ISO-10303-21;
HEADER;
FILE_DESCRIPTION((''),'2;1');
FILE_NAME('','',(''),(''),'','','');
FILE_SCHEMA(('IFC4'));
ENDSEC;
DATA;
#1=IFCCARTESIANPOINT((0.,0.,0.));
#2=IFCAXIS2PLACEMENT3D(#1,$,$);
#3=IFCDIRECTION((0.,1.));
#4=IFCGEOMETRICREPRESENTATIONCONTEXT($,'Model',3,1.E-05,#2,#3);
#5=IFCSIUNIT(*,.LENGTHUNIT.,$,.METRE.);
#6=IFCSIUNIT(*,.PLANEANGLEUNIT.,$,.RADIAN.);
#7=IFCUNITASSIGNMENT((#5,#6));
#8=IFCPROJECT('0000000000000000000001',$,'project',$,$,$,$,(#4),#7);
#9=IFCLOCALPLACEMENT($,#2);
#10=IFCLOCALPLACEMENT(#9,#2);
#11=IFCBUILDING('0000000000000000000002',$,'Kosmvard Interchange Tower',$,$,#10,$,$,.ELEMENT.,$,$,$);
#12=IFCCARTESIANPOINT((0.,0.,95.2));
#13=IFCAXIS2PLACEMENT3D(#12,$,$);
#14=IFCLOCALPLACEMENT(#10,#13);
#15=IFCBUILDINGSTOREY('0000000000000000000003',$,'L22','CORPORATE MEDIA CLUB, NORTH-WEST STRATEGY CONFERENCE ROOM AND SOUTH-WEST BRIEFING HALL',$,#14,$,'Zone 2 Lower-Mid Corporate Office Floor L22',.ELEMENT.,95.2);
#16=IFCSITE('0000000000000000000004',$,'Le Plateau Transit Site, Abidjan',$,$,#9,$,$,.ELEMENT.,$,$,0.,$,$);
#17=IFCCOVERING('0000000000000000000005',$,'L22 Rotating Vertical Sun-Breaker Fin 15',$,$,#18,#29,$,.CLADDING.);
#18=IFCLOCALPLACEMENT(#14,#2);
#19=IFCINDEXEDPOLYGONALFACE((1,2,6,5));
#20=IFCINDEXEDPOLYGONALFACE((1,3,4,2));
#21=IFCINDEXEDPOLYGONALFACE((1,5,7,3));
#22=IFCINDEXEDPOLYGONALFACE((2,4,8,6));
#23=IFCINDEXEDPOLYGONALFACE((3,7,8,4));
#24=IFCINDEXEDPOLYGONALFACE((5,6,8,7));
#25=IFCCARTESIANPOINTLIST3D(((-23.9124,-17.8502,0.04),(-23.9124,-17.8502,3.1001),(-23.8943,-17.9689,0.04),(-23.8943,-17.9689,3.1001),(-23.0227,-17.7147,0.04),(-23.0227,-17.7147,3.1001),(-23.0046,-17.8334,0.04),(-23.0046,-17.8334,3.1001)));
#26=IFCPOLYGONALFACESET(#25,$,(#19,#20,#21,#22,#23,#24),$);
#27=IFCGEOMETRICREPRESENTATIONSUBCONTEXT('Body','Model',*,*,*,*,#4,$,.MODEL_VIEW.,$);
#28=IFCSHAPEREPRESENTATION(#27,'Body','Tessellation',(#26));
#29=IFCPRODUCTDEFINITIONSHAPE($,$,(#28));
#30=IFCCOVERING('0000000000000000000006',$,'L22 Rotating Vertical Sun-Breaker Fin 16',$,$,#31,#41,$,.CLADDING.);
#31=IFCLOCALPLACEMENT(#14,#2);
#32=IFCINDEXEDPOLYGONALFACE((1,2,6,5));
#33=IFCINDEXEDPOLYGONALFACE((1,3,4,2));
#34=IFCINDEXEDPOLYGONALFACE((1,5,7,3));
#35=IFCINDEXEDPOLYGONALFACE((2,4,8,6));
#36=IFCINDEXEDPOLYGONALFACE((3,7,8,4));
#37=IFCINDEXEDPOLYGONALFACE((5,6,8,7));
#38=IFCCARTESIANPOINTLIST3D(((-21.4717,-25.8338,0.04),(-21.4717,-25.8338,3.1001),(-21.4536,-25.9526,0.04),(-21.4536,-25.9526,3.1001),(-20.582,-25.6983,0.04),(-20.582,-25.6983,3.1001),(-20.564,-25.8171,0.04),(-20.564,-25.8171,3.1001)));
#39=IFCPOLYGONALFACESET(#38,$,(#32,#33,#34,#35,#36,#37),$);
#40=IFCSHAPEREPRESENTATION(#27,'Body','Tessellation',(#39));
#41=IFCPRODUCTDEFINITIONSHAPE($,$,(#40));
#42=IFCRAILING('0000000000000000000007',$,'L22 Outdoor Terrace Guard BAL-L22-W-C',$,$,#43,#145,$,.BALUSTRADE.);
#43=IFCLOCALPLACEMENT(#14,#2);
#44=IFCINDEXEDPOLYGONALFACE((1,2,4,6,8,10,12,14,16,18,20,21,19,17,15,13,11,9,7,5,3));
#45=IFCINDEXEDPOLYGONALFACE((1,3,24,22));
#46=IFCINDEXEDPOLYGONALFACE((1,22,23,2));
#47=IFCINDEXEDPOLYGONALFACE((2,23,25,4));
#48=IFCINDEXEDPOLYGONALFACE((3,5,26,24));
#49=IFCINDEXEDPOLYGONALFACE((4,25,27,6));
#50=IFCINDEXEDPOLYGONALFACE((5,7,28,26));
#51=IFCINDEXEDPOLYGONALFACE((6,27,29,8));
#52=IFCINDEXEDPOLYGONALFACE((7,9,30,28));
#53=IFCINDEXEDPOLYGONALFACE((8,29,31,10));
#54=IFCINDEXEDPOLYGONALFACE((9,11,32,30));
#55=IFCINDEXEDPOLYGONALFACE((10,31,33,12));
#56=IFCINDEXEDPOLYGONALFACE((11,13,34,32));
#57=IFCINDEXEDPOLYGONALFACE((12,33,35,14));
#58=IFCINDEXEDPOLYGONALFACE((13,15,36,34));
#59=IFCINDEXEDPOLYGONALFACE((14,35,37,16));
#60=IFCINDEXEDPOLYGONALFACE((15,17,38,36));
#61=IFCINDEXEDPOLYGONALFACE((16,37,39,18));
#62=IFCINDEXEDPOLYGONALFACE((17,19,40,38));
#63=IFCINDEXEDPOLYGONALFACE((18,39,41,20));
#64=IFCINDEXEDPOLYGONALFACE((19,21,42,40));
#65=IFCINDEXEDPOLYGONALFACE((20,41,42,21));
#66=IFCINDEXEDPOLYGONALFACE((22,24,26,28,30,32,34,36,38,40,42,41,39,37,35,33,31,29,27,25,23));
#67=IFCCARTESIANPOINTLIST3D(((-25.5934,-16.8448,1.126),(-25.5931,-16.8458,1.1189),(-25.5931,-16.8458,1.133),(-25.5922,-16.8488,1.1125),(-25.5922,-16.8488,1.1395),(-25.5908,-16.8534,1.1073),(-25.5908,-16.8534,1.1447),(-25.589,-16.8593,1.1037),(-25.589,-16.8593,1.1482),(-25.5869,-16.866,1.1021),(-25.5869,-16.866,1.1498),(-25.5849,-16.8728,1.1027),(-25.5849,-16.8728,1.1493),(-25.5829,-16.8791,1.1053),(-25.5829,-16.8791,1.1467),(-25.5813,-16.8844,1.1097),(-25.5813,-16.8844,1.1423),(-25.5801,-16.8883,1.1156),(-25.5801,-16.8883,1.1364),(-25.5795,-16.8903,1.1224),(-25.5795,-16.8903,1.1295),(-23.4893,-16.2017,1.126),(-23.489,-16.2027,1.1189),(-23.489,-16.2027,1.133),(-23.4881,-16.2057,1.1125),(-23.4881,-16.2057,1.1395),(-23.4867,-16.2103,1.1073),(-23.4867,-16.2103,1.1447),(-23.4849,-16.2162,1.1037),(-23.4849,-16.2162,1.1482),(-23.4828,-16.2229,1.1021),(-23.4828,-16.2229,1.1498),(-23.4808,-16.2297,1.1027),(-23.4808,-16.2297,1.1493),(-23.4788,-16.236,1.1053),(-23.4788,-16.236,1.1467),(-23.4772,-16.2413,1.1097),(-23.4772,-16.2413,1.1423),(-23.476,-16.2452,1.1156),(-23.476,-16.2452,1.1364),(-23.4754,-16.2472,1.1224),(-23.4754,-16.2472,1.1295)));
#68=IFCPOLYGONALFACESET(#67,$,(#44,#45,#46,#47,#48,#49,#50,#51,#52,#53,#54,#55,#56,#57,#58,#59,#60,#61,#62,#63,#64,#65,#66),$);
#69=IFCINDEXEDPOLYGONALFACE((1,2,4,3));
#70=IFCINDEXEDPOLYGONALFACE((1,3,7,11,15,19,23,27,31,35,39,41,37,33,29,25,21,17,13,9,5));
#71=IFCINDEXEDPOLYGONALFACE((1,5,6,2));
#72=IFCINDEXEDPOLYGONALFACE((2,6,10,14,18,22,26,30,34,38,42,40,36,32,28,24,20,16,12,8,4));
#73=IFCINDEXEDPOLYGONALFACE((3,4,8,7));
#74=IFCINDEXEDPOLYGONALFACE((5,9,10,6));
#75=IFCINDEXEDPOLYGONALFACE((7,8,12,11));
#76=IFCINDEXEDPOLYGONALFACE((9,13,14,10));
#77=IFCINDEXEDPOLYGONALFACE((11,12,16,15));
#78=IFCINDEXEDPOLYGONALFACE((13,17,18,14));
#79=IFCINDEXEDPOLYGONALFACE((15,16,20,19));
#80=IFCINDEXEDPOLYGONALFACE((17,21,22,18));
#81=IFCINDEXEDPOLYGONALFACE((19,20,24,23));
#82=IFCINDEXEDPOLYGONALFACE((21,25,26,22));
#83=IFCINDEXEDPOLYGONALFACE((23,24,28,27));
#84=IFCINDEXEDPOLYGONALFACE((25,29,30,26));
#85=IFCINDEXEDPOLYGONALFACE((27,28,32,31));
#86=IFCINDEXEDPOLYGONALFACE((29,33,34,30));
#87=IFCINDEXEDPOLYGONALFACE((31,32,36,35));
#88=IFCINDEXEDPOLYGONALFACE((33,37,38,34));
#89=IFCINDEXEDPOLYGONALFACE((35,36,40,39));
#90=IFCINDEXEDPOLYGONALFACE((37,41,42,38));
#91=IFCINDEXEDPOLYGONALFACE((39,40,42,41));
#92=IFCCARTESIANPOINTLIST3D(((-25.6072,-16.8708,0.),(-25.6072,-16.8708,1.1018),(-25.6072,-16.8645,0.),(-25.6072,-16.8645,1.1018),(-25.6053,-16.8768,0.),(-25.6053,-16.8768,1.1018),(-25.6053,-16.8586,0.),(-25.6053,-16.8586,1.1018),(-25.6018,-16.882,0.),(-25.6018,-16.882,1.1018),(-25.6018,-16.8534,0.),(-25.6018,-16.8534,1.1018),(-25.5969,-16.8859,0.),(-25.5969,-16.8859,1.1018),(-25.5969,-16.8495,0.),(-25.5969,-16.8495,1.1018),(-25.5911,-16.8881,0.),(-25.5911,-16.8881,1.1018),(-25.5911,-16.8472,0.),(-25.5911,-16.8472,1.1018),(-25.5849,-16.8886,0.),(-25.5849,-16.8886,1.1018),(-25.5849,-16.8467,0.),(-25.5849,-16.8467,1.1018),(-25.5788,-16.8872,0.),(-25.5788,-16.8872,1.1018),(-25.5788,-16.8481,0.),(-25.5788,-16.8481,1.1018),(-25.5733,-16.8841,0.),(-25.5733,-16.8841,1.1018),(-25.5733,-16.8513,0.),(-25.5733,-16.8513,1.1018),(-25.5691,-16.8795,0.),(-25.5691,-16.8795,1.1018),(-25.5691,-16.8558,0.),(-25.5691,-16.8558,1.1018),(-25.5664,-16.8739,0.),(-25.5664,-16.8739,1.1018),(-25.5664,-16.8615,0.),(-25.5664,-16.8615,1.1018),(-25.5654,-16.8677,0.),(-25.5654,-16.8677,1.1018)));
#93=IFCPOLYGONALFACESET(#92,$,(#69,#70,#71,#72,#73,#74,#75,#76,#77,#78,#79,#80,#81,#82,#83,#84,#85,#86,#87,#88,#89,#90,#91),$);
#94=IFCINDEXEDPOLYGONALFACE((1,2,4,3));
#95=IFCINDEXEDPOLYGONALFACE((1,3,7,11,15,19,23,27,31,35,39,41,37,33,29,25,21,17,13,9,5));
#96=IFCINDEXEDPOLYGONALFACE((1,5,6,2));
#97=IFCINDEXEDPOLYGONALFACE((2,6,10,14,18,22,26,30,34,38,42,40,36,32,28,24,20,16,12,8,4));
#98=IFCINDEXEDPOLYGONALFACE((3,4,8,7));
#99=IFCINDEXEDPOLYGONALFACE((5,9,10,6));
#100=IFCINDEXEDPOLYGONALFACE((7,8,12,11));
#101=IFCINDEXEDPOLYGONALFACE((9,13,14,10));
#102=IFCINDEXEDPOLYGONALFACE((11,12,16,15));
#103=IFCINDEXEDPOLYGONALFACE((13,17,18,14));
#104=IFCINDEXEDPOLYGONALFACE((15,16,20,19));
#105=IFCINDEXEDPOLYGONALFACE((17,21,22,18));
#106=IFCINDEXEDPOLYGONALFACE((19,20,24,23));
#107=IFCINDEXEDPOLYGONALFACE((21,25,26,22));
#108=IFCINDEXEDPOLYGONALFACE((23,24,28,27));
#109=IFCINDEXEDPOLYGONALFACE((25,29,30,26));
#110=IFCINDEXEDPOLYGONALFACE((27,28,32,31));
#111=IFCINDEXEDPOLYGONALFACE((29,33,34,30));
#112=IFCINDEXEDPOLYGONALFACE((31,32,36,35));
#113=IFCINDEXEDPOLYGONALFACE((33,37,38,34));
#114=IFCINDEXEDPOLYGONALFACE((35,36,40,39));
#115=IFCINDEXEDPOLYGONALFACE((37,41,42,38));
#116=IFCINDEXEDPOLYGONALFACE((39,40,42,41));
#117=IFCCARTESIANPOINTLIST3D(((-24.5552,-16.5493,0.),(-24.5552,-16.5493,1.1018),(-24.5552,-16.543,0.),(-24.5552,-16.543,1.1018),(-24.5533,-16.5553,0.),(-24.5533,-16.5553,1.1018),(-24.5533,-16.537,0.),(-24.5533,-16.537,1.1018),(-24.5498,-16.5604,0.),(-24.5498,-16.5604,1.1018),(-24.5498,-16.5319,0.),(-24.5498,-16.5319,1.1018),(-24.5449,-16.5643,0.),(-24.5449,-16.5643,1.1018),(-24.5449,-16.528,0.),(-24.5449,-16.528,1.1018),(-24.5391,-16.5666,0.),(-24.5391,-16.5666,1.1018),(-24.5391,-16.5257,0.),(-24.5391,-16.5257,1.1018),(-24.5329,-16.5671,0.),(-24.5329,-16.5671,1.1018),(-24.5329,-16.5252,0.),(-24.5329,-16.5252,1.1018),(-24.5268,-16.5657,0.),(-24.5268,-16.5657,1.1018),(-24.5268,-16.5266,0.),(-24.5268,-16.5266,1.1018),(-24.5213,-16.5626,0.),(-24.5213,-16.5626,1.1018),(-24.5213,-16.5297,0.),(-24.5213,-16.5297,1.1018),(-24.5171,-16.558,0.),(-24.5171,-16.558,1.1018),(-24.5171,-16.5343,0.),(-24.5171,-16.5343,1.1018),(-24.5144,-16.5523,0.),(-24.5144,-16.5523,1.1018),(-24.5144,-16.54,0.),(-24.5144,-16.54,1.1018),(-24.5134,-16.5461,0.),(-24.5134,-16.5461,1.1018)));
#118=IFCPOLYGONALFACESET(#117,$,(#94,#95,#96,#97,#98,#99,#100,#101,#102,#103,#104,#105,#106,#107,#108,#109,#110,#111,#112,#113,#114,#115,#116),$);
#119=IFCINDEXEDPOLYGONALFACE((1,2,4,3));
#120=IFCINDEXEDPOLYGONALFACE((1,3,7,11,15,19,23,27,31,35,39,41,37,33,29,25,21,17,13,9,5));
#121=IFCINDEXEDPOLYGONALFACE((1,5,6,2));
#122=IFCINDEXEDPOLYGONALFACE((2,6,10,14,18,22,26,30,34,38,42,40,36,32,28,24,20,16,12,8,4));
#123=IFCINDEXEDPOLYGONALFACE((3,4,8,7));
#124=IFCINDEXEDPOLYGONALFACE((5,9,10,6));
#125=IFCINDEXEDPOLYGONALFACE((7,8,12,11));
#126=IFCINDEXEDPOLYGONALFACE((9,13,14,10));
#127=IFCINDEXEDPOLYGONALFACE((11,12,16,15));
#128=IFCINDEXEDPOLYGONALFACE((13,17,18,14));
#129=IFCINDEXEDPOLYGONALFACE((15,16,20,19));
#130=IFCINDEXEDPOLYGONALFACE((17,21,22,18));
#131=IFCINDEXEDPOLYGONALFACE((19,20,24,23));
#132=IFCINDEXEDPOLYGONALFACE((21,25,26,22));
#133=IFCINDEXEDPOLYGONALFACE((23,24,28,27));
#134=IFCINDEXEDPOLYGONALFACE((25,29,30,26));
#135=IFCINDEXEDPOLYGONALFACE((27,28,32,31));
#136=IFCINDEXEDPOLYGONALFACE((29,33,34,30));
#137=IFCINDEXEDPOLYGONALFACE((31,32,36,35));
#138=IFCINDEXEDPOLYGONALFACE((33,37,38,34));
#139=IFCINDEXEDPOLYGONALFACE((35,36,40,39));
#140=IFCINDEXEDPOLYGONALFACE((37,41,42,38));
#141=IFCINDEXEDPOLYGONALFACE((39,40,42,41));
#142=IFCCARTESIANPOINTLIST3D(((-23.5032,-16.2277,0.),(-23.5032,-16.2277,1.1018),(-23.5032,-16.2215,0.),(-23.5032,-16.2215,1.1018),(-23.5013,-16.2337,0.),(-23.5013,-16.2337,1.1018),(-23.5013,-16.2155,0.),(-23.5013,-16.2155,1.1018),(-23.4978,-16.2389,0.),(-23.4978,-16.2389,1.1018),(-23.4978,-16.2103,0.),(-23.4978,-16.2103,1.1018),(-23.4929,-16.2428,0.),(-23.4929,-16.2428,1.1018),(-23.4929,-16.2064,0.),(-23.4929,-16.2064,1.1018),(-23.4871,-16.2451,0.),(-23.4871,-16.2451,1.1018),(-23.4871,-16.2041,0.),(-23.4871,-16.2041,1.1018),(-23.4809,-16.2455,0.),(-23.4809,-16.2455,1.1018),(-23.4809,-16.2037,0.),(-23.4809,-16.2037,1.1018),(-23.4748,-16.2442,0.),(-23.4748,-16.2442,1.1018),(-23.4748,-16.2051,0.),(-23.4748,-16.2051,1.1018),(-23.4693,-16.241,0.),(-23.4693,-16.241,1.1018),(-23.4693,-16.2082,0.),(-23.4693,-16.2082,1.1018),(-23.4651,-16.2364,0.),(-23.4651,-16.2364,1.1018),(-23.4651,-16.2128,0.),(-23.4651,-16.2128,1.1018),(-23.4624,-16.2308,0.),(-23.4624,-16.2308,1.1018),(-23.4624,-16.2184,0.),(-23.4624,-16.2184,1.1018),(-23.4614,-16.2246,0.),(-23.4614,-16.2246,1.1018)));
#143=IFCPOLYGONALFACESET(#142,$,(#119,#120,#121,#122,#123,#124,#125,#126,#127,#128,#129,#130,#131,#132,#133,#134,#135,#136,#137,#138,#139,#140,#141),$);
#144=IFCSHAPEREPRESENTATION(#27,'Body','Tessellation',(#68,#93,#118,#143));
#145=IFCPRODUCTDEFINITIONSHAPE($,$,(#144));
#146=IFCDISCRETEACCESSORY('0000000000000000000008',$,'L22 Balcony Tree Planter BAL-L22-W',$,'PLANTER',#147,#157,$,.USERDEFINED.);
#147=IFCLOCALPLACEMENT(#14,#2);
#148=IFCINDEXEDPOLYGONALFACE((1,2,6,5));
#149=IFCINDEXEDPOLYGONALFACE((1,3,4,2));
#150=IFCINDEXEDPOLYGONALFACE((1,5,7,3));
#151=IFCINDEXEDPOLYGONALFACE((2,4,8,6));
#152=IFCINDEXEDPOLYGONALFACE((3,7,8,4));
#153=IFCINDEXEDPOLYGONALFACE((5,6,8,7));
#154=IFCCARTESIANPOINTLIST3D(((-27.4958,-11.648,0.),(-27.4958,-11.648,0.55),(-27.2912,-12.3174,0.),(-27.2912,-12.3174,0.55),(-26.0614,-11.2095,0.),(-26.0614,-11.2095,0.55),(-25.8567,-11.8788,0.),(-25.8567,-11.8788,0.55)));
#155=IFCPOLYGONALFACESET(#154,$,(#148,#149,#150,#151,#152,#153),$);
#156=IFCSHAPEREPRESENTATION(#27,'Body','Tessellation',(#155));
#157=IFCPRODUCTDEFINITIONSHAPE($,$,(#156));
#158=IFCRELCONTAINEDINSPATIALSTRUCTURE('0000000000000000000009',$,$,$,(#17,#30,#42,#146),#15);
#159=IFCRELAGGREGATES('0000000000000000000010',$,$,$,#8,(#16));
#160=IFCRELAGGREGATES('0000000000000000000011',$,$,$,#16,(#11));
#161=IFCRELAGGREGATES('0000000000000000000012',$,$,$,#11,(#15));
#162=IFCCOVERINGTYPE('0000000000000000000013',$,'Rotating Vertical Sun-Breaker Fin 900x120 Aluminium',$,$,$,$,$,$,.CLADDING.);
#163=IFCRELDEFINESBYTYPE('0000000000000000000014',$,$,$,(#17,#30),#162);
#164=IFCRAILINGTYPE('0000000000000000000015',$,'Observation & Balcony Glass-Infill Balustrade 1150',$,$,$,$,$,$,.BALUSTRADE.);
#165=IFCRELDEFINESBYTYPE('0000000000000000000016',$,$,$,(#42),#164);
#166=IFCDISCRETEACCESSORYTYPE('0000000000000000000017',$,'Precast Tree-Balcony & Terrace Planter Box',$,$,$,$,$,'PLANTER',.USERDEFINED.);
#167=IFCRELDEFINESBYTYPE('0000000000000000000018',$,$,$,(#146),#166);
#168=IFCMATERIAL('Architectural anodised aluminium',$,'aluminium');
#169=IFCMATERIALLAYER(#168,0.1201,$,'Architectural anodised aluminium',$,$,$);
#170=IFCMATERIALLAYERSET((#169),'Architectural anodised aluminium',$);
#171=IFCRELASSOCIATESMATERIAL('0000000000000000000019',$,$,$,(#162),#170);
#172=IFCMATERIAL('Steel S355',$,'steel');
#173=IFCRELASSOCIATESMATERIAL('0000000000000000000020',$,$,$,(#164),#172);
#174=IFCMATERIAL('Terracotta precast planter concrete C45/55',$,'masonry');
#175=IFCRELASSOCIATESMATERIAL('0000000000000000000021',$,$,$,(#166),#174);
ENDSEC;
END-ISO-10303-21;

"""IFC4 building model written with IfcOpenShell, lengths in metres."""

from ifc_helpers import new_model, si_unit, direction, frame, origin, origin_2d, place, context, subcontext, project, spatial, rectangle, circle, extrude, source, transform, mapped, material, layer, layer_set, type_object, element, save


model = new_model("IFC4")

# Units and contexts
model_context = context("Model", 3, precision=1e-05, world=origin(), true_north=direction((0.0, 1.0)))
body_context = subcontext(model_context, "Body", "Model", "MODEL_VIEW")
ifc_project = project(units=[si_unit("LENGTHUNIT", "METRE"), si_unit("PLANEANGLEUNIT", "RADIAN")], contexts=[model_context])

# Site, building, storey
site_placement = place(None, origin())
site = spatial("IfcSite", under=ifc_project, at=site_placement, Name="Le Plateau Transit Site, Abidjan", CompositionType="ELEMENT", RefElevation=0.0)
building_placement = place(site_placement, origin())
building = spatial("IfcBuilding", under=site, at=building_placement, Name="Kosmvard Interchange Tower", CompositionType="ELEMENT")
storey_placement = place(building_placement, frame((0.0, 0.0, 95.2)))
storey = spatial("IfcBuildingStorey", under=building, at=storey_placement, Name="L22", Description="CORPORATE MEDIA CLUB, NORTH-WEST STRATEGY CONFERENCE ROOM AND SOUTH-WEST BRIEFING HALL", LongName="Zone 2 Lower-Mid Corporate Office Floor L22", CompositionType="ELEMENT", Elevation=95.2)

# Shared definitions
ifc_material_1 = material(Name="Steel S355", Category="steel")

# Coverings
ifc_material_2 = material(Name="Architectural anodised aluminium", Category="aluminium")
ifc_layer_1 = layer(ifc_material_2, 0.1201, Name="Architectural anodised aluminium")
ifc_layer_set_1 = layer_set([ifc_layer_1], Name="Architectural anodised aluminium")
covering_type = type_object("IfcCoveringType", Name="Rotating Vertical Sun-Breaker Fin 900x120 Aluminium", PredefinedType="CLADDING", material=ifc_layer_set_1)
shared_shape_1 = source(origin(), body_context, "Body", "SweptSolid", [
    extrude(rectangle(XDim=0.8999, YDim=0.1201, at=origin_2d()), origin(), (0.0, 0.0, 1.0), 3.0601),
])
for number, where, z_axis, x_axis, name in (
    (1, (-23.4585, -17.8418, 0.04), (0.0, 0.0, 1.0), (-0.988599, -0.150571, 0.0), "L22 Rotating Vertical Sun-Breaker Fin 15"),
    (2, (-21.0178, -25.8254, 0.04), (0.0, 0.0, 1.0), (-0.988599, -0.150571, 0.0), "L22 Rotating Vertical Sun-Breaker Fin 16"),
):
    element("IfcCovering", number, at=place(storey_placement, frame(where, z_axis=z_axis, x_axis=x_axis)), inside=storey, type_object=covering_type, Name=name, PredefinedType="CLADDING", context=body_context, shape_type="MappedRepresentation", body=[
        mapped(shared_shape_1, transform((0.0, 0.0, 0.0), scale=1.0)),
    ])

# Railing
railing_type = type_object("IfcRailingType", Name="Observation & Balcony Glass-Infill Balustrade 1150", PredefinedType="BALUSTRADE", material=ifc_material_1)
shared_shape_2 = source(origin(), body_context, "Body", "SweptSolid", [
    extrude(circle(Radius=0.0239, at=origin_2d()), frame((0.0, 0.0, 1.126), z_axis=(0.956329, 0.292292, 0.0), x_axis=(-0.292292, 0.956329, 0.0)), (0.0, 0.0, 1.0), 2.2002),
    extrude(circle(Radius=0.021, at=origin_2d()), origin(), (0.0, 0.0, 1.0), 1.1018),
    extrude(circle(Radius=0.021, at=origin_2d()), frame((1.052, 0.3215, 0.0)), (0.0, 0.0, 1.0), 1.1018),
    extrude(circle(Radius=0.021, at=origin_2d()), frame((2.104, 0.6431, 0.0)), (0.0, 0.0, 1.0), 1.1018),
])
railing_placement = place(storey_placement, frame((-25.5864, -16.8677, 0.0)))
element("IfcRailing", 3, at=railing_placement, inside=storey, type_object=railing_type, Name="L22 Outdoor Terrace Guard BAL-L22-W-C", PredefinedType="BALUSTRADE", context=body_context, shape_type="MappedRepresentation", body=[
    mapped(shared_shape_2, transform((0.0, 0.0, 0.0), scale=1.0)),
])

# Discrete accessory
ifc_material_3 = material(Name="Terracotta precast planter concrete C45/55", Category="masonry")
discrete_accessory_type = type_object("IfcDiscreteAccessoryType", Name="Precast Tree-Balcony & Terrace Planter Box", ElementType="PLANTER", PredefinedType="USERDEFINED", material=ifc_material_3)
shared_shape_3 = source(origin(), body_context, "Body", "SweptSolid", [
    extrude(rectangle(XDim=1.5, YDim=0.7, at=origin_2d()), origin(), (0.0, 0.0, 1.0), 0.55),
])
discrete_accessory_placement = place(storey_placement, frame((-26.6763, -11.7634, 0.0), z_axis=(0.0, 0.0, 1.0), x_axis=(0.956305, 0.292372, 0.0)))
element("IfcDiscreteAccessory", 4, at=discrete_accessory_placement, inside=storey, type_object=discrete_accessory_type, Name="L22 Balcony Tree Planter BAL-L22-W", ObjectType="PLANTER", PredefinedType="USERDEFINED", context=body_context, shape_type="MappedRepresentation", body=[
    mapped(shared_shape_3, transform((0.0, 0.0, 0.0), scale=1.0)),
])

save(model, "model.ifc")
